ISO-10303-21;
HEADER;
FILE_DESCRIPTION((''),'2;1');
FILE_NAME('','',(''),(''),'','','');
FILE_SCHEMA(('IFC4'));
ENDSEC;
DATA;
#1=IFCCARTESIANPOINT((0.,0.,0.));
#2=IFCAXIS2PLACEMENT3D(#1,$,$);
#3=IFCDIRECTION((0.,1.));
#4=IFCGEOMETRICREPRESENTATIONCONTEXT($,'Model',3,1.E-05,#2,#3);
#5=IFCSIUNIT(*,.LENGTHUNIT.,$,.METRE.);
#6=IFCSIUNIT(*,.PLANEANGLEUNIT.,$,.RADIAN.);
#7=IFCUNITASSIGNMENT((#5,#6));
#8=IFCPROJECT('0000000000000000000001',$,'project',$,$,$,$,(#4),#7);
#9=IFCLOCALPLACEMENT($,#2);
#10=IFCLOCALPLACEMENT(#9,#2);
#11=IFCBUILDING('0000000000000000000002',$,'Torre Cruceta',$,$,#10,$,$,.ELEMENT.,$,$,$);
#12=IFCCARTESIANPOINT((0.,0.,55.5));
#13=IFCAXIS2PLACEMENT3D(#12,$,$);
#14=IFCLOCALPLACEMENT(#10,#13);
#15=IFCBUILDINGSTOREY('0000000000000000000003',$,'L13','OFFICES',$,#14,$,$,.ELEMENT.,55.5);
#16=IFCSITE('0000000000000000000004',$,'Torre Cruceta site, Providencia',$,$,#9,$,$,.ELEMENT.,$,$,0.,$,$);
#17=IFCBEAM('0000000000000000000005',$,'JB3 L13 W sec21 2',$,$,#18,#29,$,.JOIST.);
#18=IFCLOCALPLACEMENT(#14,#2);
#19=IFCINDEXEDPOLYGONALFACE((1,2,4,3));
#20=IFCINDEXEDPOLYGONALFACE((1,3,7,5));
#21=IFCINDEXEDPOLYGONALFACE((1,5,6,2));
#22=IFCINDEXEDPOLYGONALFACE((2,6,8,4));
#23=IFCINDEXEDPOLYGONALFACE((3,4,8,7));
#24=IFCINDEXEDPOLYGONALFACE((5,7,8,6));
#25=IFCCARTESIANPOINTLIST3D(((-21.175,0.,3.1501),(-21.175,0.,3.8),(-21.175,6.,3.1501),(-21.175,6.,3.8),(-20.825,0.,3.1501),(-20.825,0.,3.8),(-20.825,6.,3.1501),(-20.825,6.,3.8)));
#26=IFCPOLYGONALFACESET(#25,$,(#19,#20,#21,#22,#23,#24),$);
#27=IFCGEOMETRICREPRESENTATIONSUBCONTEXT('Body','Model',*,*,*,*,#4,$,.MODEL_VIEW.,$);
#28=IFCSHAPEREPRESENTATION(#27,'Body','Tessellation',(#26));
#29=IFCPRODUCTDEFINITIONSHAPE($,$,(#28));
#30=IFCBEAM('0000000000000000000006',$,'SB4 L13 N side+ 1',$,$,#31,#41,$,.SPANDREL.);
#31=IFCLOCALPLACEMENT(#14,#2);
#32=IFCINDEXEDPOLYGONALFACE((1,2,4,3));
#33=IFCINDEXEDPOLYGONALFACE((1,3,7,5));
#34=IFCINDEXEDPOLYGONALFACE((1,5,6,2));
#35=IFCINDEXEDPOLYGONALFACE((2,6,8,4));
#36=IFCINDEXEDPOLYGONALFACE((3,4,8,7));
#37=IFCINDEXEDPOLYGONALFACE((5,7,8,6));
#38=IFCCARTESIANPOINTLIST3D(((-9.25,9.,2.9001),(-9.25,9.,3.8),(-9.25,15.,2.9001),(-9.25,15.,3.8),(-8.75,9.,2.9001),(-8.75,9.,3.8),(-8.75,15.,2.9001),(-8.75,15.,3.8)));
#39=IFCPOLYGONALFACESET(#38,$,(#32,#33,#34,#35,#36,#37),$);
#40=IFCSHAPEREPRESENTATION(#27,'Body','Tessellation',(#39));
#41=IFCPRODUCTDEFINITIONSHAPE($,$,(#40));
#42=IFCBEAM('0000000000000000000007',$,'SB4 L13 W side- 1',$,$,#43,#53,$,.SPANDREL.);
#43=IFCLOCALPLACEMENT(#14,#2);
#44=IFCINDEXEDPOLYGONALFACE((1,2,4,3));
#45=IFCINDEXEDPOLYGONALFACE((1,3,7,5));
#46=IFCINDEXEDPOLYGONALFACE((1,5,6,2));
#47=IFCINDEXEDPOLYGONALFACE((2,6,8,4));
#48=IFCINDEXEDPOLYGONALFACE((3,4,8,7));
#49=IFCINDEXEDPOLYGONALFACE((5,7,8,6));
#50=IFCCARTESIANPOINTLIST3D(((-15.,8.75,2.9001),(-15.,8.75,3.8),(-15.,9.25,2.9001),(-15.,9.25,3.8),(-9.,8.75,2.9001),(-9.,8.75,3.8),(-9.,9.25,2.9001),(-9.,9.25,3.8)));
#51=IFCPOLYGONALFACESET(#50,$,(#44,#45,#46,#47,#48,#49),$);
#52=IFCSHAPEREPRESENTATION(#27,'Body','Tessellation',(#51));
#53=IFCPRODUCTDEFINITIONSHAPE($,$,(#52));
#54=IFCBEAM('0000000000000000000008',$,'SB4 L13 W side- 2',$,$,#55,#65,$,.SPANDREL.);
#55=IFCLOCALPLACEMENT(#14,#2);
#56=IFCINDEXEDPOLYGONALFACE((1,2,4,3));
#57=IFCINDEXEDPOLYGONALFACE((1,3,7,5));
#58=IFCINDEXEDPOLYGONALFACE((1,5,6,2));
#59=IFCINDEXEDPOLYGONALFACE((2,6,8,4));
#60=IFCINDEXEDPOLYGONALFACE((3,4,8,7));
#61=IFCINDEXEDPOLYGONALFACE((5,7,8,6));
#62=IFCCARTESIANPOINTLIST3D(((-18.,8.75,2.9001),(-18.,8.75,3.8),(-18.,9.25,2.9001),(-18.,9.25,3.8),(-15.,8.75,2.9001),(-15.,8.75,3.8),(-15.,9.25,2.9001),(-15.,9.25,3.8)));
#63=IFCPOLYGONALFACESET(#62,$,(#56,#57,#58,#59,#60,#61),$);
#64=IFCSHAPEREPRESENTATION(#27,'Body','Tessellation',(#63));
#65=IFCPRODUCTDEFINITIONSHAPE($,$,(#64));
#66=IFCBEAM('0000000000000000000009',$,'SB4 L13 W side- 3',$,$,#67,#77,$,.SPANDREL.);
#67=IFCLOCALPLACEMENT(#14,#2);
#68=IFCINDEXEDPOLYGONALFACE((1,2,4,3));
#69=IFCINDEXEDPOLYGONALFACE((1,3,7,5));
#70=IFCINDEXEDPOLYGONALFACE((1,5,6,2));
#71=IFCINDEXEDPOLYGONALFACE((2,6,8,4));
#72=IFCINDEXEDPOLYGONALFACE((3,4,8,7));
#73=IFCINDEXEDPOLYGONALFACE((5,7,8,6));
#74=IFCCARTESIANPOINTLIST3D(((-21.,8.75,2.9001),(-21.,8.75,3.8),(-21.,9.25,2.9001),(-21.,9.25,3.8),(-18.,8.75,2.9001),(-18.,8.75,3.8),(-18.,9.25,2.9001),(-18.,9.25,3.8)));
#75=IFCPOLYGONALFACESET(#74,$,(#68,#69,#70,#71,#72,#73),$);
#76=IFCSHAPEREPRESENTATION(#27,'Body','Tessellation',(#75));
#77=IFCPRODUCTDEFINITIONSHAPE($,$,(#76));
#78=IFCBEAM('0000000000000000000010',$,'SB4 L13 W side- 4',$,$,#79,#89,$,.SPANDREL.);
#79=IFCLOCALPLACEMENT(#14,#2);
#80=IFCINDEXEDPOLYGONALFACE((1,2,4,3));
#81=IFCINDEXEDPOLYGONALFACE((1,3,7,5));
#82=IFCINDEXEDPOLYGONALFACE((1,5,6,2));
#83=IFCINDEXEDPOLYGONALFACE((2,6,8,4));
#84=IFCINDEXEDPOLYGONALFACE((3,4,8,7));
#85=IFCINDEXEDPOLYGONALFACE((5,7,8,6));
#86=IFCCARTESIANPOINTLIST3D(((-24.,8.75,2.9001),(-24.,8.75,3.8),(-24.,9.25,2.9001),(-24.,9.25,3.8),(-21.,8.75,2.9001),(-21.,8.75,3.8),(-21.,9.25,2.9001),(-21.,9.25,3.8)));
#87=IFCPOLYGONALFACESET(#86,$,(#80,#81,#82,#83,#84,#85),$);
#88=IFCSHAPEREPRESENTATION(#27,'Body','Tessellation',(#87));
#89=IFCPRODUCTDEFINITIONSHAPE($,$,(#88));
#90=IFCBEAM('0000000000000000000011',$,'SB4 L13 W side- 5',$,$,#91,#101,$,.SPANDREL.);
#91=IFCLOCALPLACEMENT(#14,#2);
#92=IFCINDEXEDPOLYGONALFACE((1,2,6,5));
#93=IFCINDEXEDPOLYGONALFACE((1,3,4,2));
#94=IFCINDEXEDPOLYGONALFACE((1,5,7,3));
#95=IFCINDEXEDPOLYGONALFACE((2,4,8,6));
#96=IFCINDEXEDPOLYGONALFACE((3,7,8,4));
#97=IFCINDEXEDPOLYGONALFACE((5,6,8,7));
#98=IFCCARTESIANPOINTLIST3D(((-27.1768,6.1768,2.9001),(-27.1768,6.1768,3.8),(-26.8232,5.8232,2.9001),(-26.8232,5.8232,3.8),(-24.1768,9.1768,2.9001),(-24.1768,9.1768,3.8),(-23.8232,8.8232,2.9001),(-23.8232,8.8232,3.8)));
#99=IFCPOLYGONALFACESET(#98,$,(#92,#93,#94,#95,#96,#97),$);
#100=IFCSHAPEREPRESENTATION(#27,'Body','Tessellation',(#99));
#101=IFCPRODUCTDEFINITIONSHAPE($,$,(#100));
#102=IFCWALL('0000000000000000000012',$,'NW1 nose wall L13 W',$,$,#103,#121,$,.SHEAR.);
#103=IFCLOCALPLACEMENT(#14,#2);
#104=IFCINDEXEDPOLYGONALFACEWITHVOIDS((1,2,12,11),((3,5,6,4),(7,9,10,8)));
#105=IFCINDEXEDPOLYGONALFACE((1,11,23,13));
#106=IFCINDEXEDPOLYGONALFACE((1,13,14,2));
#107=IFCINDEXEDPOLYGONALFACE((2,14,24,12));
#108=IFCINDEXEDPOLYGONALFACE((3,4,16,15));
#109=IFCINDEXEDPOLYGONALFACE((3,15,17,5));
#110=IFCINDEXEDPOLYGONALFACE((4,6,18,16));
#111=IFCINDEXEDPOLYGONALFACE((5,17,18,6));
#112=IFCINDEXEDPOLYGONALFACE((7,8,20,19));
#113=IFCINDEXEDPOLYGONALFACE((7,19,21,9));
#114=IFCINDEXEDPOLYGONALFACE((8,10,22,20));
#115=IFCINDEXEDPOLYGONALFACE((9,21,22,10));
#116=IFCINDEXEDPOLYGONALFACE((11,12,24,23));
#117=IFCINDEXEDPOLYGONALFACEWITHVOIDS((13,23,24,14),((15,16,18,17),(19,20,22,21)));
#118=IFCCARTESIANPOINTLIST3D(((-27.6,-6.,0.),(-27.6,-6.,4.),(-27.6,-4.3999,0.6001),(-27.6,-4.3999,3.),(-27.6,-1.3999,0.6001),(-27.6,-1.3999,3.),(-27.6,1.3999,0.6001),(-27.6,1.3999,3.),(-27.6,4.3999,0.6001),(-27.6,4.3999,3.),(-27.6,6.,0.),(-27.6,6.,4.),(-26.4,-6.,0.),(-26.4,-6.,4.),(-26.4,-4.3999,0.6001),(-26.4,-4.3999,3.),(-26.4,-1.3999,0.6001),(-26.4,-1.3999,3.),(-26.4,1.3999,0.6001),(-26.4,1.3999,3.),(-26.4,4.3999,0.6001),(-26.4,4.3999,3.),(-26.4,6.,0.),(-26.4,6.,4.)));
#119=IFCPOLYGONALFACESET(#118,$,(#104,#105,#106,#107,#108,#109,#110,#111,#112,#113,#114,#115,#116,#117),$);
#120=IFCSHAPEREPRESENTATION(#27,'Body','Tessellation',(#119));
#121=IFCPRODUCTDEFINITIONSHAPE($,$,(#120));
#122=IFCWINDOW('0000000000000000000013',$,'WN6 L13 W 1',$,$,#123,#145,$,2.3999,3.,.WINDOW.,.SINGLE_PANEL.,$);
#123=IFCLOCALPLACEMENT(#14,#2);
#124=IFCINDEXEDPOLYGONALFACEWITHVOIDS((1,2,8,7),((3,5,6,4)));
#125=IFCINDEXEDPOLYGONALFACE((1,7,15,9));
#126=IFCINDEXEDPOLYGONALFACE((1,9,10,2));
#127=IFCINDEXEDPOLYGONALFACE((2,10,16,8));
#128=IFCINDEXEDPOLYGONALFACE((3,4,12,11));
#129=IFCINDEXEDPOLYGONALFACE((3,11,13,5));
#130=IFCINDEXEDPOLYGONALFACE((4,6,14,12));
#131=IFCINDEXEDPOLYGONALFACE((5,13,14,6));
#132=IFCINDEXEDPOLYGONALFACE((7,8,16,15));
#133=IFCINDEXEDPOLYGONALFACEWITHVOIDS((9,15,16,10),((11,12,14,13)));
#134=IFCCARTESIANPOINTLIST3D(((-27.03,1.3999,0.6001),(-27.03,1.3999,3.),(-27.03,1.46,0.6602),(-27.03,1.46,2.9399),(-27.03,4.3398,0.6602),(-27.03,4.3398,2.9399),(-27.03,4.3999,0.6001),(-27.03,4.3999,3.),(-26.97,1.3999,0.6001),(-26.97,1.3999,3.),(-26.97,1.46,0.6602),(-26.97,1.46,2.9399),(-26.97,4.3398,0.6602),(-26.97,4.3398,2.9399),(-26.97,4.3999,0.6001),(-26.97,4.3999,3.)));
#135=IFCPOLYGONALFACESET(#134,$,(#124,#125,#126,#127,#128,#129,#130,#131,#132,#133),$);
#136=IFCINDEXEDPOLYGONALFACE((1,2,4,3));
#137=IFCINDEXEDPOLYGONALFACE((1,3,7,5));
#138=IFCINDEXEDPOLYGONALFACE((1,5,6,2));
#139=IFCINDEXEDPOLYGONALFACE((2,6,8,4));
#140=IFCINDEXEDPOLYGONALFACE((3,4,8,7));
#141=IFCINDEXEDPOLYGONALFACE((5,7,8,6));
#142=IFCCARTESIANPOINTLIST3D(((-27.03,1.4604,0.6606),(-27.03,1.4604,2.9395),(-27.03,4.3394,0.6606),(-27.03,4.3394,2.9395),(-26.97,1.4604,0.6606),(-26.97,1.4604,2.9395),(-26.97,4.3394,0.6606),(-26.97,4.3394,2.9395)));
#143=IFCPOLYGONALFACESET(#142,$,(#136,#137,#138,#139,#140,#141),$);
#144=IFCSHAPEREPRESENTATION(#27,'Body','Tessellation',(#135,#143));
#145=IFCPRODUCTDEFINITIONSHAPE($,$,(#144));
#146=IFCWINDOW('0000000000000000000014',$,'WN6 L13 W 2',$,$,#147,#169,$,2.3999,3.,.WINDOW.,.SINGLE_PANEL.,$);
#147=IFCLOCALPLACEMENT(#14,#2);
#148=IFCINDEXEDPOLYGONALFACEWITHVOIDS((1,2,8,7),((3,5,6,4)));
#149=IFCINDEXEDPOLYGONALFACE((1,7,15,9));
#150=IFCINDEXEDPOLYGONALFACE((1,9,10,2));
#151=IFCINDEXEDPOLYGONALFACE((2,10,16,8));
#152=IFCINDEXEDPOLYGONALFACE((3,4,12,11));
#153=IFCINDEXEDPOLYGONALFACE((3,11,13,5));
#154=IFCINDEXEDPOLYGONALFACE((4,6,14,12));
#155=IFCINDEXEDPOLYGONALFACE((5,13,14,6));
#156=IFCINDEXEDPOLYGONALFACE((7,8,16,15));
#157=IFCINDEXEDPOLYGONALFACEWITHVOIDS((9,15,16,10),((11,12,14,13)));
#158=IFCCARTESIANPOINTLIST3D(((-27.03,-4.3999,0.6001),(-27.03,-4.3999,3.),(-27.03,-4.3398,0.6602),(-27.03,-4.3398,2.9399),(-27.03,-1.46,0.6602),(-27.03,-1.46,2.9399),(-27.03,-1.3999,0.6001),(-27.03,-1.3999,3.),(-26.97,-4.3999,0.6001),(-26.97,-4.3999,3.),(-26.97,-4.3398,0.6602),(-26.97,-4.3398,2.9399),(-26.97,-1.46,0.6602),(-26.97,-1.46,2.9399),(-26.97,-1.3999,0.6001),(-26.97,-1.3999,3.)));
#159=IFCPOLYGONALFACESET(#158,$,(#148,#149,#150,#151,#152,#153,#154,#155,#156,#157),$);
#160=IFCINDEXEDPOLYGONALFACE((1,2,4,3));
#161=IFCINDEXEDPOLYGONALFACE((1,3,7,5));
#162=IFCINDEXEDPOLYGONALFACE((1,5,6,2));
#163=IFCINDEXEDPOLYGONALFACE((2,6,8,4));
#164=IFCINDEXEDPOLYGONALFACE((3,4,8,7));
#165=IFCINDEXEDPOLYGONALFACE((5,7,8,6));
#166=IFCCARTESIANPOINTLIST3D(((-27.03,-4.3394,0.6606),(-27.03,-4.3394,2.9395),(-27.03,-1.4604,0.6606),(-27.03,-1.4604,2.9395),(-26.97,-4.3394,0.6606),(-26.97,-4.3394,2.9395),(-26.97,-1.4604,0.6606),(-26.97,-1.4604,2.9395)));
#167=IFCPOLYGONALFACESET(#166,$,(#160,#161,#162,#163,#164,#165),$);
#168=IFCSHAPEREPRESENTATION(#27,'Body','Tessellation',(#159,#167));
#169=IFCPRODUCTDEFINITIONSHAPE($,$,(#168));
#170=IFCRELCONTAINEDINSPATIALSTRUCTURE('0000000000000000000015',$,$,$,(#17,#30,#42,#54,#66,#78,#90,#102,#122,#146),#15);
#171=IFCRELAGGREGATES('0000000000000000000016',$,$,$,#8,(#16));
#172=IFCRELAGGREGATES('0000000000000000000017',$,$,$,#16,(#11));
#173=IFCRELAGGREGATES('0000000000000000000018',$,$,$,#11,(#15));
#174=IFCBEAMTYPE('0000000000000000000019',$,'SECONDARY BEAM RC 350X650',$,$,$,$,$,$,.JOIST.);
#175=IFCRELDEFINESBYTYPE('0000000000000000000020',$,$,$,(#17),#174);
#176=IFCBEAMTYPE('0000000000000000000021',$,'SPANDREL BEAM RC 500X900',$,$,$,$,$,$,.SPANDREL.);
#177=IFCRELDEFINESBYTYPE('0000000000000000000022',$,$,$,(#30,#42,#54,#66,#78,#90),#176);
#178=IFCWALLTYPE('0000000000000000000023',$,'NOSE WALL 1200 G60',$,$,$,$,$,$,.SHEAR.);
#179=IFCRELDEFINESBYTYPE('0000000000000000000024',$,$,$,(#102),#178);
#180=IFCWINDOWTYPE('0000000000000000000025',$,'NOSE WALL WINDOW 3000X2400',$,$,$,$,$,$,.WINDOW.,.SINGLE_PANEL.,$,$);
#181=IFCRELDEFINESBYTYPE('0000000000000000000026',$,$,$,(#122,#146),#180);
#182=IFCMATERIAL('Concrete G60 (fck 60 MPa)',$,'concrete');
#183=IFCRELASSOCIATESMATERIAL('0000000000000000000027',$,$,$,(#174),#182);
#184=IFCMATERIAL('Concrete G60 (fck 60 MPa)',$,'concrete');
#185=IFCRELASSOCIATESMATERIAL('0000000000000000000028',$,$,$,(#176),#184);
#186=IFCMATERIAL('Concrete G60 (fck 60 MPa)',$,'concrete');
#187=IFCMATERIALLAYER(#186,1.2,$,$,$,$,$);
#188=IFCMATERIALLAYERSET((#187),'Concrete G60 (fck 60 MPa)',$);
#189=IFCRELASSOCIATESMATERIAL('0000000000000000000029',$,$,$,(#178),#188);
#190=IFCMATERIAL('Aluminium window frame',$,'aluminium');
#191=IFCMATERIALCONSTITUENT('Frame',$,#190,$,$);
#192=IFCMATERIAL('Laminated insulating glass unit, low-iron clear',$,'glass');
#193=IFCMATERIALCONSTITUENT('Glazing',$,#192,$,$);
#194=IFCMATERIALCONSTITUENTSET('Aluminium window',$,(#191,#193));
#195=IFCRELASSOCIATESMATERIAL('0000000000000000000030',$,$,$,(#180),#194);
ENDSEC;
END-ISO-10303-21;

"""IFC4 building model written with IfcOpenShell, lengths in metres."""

from ifc_helpers import new_model, si_unit, direction, frame, frame_2d, origin, origin_2d, place, context, subcontext, project, spatial, rectangle, hollow_rectangle, extrude, material, layer, layer_set, constituent, constituent_set, material_profile, profile_set, type_object, element, fill, save


model = new_model("IFC4")

# Units and contexts
model_context = context("Model", 3, precision=1e-05, world=origin(), true_north=direction((0.0, 1.0)))
body_context = subcontext(model_context, "Body", "Model", "MODEL_VIEW")
ifc_project = project(units=[si_unit("LENGTHUNIT", "METRE"), si_unit("PLANEANGLEUNIT", "RADIAN")], contexts=[model_context])

# Site, building, storey
site_placement = place(None, origin())
site = spatial("IfcSite", under=ifc_project, at=site_placement, Name="Torre Cruceta site, Providencia", CompositionType="ELEMENT", RefElevation=0.0)
building_placement = place(site_placement, origin())
building = spatial("IfcBuilding", under=site, at=building_placement, Name="Torre Cruceta", CompositionType="ELEMENT")
storey_placement = place(building_placement, frame((0.0, 0.0, 55.5)))
storey = spatial("IfcBuildingStorey", under=building, at=storey_placement, Name="L13", Description="OFFICES", CompositionType="ELEMENT", Elevation=55.5)

# Beams
ifc_material_1 = material(Name="Concrete G60 (fck 60 MPa)", Category="concrete")
ifc_material_profile_1 = material_profile(ifc_material_1, rectangle(XDim=0.3501, YDim=0.6499, at=origin_2d()), Name="RC 350X650")
ifc_profile_set_1 = profile_set([ifc_material_profile_1], Name="Concrete G60 (fck 60 MPa)")
beam_type_1 = type_object("IfcBeamType", Name="SECONDARY BEAM RC 350X650", PredefinedType="JOIST", material=ifc_profile_set_1)
beam_1_placement = place(storey_placement, frame((-21.0, 6.0, 3.4751), z_axis=(0.0, -1.0, 0.0), x_axis=(1.0, 0.0, 0.0)))
element("IfcBeam", 1, at=beam_1_placement, inside=storey, type_object=beam_type_1, Name="JB3 L13 W sec21 2", PredefinedType="JOIST", context=body_context, shape_type="SweptSolid", body=[
    extrude(rectangle(XDim=0.3501, YDim=0.6499, at=origin_2d()), origin(), (0.0, 0.0, 1.0), 6.0),
])
ifc_material_2 = material(Name="Concrete G60 (fck 60 MPa)", Category="concrete")
ifc_material_profile_2 = material_profile(ifc_material_2, rectangle(XDim=0.5, YDim=0.8999, at=origin_2d()), Name="RC 500X900")
ifc_profile_set_2 = profile_set([ifc_material_profile_2], Name="Concrete G60 (fck 60 MPa)")
beam_type_2 = type_object("IfcBeamType", Name="SPANDREL BEAM RC 500X900", PredefinedType="SPANDREL", material=ifc_profile_set_2)
for number, where, z_axis, x_axis, name in (
    (2, (-9.0, 9.0, 3.3501), (0.0, 1.0, 0.0), (-1.0, 0.0, 0.0), "SB4 L13 N side+ 1"),
    (3, (-9.0, 9.0, 3.3501), (-1.0, 0.0, 0.0), (0.0, -1.0, 0.0), "SB4 L13 W side- 1"),
):
    element("IfcBeam", number, at=place(storey_placement, frame(where, z_axis=z_axis, x_axis=x_axis)), inside=storey, type_object=beam_type_2, Name=name, PredefinedType="SPANDREL", context=body_context, shape_type="SweptSolid", body=[
        extrude(rectangle(XDim=0.5, YDim=0.8999, at=origin_2d()), origin(), (0.0, 0.0, 1.0), 6.0),
    ])
for number, where, z_axis, x_axis, name in (
    (4, (-15.0, 9.0, 3.3501), (-1.0, 0.0, 0.0), (0.0, -1.0, 0.0), "SB4 L13 W side- 2"),
    (5, (-18.0, 9.0, 3.3501), (-1.0, 0.0, 0.0), (0.0, -1.0, 0.0), "SB4 L13 W side- 3"),
    (6, (-21.0, 9.0, 3.3501), (-1.0, 0.0, 0.0), (0.0, -1.0, 0.0), "SB4 L13 W side- 4"),
):
    element("IfcBeam", number, at=place(storey_placement, frame(where, z_axis=z_axis, x_axis=x_axis)), inside=storey, type_object=beam_type_2, Name=name, PredefinedType="SPANDREL", context=body_context, shape_type="SweptSolid", body=[
        extrude(rectangle(XDim=0.5, YDim=0.8999, at=origin_2d()), origin(), (0.0, 0.0, 1.0), 3.0),
    ])
beam_2_placement = place(storey_placement, frame((-24.0, 9.0, 3.3501), z_axis=(-0.707107, -0.707107, 0.0), x_axis=(0.707107, -0.707107, 0.0)))
element("IfcBeam", 7, at=beam_2_placement, inside=storey, type_object=beam_type_2, Name="SB4 L13 W side- 5", PredefinedType="SPANDREL", context=body_context, shape_type="SweptSolid", body=[
    extrude(rectangle(XDim=0.5, YDim=0.8999, at=origin_2d()), origin(), (0.0, 0.0, 1.0), 4.2427),
])

# Wall, openings, windows
ifc_material_3 = material(Name="Concrete G60 (fck 60 MPa)", Category="concrete")
ifc_layer_1 = layer(ifc_material_3, 1.2)
ifc_layer_set_1 = layer_set([ifc_layer_1], Name="Concrete G60 (fck 60 MPa)")
wall_type_1 = type_object("IfcWallType", Name="NOSE WALL 1200 G60", PredefinedType="SHEAR", material=ifc_layer_set_1)
wall_1_placement = place(storey_placement, frame((-27.0, 6.0, 0.0), z_axis=(0.0, 0.0, 1.0), x_axis=(0.0, -1.0, 0.0)))
wall_1 = element("IfcWall", 8, at=wall_1_placement, inside=storey, type_object=wall_type_1, Name="NW1 nose wall L13 W", PredefinedType="SHEAR", context=body_context, shape_type="SweptSolid", body=[
    extrude(rectangle(XDim=12.0, YDim=1.2, at=frame_2d((6.0, 0.0))), origin(), (0.0, 0.0, 1.0), 4.0),
])
opening_1_placement = place(wall_1_placement, frame((1.6001, 0.0, 0.6001)))
opening_1 = element("IfcOpeningElement", 9, at=opening_1_placement, cuts=wall_1, PredefinedType="OPENING", context=body_context, shape_type="SweptSolid", body=[
    extrude(rectangle(XDim=3.0, YDim=2.3999, at=frame_2d((1.5, 1.2))), frame((0.0, 0.6099, 0.0), z_axis=(0.0, -1.0, 0.0), x_axis=(1.0, 0.0, 0.0)), (0.0, 0.0, 1.0), 1.22),
])
opening_2_placement = place(wall_1_placement, frame((7.3999, 0.0, 0.6001)))
opening_2 = element("IfcOpeningElement", 10, at=opening_2_placement, cuts=wall_1, PredefinedType="OPENING", context=body_context, shape_type="SweptSolid", body=[
    extrude(rectangle(XDim=3.0, YDim=2.3999, at=frame_2d((1.5, 1.2))), frame((0.0, 0.6099, 0.0), z_axis=(0.0, -1.0, 0.0), x_axis=(1.0, 0.0, 0.0)), (0.0, 0.0, 1.0), 1.22),
])
ifc_material_4 = material(Name="Aluminium window frame", Category="aluminium")
ifc_constituent_1 = constituent(ifc_material_4, Name="Frame")
ifc_material_5 = material(Name="Laminated insulating glass unit, low-iron clear", Category="glass")
ifc_constituent_2 = constituent(ifc_material_5, Name="Glazing")
ifc_constituent_set_1 = constituent_set(constituents=[ifc_constituent_1, ifc_constituent_2], Name="Aluminium window")
window_type = type_object("IfcWindowType", Name="NOSE WALL WINDOW 3000X2400", PartitioningType="SINGLE_PANEL", PredefinedType="WINDOW", material=ifc_constituent_set_1)
window_1_placement = place(opening_1_placement, origin())
window_1 = element("IfcWindow", 11, at=window_1_placement, inside=storey, type_object=window_type, Name="WN6 L13 W 1", OverallHeight=2.3999, OverallWidth=3.0, PartitioningType="SINGLE_PANEL", PredefinedType="WINDOW", context=body_context, shape_type="SweptSolid", body=[
    extrude(hollow_rectangle(XDim=3.0, YDim=2.3999, WallThickness=0.0601, at=frame_2d((1.5, 1.2))), frame((0.0, 0.03, 0.0), z_axis=(0.0, -1.0, 0.0), x_axis=(1.0, 0.0, 0.0)), (0.0, 0.0, 1.0), 0.0601),
    extrude(rectangle(XDim=2.8789, YDim=2.2788, at=frame_2d((1.5, 1.2))), frame((0.0, 0.03, 0.0), z_axis=(0.0, -1.0, 0.0), x_axis=(1.0, 0.0, 0.0)), (0.0, 0.0, 1.0), 0.0601),
])
fill(opening_1, window_1)
window_2_placement = place(opening_2_placement, origin())
window_2 = element("IfcWindow", 12, at=window_2_placement, inside=storey, type_object=window_type, Name="WN6 L13 W 2", OverallHeight=2.3999, OverallWidth=3.0, PartitioningType="SINGLE_PANEL", PredefinedType="WINDOW", context=body_context, shape_type="SweptSolid", body=[
    extrude(hollow_rectangle(XDim=3.0, YDim=2.3999, WallThickness=0.0601, at=frame_2d((1.5, 1.2))), frame((0.0, 0.03, 0.0), z_axis=(0.0, -1.0, 0.0), x_axis=(1.0, 0.0, 0.0)), (0.0, 0.0, 1.0), 0.0601),
    extrude(rectangle(XDim=2.8789, YDim=2.2788, at=frame_2d((1.5, 1.2))), frame((0.0, 0.03, 0.0), z_axis=(0.0, -1.0, 0.0), x_axis=(1.0, 0.0, 0.0)), (0.0, 0.0, 1.0), 0.0601),
])
fill(opening_2, window_2)

save(model, "model.ifc")
